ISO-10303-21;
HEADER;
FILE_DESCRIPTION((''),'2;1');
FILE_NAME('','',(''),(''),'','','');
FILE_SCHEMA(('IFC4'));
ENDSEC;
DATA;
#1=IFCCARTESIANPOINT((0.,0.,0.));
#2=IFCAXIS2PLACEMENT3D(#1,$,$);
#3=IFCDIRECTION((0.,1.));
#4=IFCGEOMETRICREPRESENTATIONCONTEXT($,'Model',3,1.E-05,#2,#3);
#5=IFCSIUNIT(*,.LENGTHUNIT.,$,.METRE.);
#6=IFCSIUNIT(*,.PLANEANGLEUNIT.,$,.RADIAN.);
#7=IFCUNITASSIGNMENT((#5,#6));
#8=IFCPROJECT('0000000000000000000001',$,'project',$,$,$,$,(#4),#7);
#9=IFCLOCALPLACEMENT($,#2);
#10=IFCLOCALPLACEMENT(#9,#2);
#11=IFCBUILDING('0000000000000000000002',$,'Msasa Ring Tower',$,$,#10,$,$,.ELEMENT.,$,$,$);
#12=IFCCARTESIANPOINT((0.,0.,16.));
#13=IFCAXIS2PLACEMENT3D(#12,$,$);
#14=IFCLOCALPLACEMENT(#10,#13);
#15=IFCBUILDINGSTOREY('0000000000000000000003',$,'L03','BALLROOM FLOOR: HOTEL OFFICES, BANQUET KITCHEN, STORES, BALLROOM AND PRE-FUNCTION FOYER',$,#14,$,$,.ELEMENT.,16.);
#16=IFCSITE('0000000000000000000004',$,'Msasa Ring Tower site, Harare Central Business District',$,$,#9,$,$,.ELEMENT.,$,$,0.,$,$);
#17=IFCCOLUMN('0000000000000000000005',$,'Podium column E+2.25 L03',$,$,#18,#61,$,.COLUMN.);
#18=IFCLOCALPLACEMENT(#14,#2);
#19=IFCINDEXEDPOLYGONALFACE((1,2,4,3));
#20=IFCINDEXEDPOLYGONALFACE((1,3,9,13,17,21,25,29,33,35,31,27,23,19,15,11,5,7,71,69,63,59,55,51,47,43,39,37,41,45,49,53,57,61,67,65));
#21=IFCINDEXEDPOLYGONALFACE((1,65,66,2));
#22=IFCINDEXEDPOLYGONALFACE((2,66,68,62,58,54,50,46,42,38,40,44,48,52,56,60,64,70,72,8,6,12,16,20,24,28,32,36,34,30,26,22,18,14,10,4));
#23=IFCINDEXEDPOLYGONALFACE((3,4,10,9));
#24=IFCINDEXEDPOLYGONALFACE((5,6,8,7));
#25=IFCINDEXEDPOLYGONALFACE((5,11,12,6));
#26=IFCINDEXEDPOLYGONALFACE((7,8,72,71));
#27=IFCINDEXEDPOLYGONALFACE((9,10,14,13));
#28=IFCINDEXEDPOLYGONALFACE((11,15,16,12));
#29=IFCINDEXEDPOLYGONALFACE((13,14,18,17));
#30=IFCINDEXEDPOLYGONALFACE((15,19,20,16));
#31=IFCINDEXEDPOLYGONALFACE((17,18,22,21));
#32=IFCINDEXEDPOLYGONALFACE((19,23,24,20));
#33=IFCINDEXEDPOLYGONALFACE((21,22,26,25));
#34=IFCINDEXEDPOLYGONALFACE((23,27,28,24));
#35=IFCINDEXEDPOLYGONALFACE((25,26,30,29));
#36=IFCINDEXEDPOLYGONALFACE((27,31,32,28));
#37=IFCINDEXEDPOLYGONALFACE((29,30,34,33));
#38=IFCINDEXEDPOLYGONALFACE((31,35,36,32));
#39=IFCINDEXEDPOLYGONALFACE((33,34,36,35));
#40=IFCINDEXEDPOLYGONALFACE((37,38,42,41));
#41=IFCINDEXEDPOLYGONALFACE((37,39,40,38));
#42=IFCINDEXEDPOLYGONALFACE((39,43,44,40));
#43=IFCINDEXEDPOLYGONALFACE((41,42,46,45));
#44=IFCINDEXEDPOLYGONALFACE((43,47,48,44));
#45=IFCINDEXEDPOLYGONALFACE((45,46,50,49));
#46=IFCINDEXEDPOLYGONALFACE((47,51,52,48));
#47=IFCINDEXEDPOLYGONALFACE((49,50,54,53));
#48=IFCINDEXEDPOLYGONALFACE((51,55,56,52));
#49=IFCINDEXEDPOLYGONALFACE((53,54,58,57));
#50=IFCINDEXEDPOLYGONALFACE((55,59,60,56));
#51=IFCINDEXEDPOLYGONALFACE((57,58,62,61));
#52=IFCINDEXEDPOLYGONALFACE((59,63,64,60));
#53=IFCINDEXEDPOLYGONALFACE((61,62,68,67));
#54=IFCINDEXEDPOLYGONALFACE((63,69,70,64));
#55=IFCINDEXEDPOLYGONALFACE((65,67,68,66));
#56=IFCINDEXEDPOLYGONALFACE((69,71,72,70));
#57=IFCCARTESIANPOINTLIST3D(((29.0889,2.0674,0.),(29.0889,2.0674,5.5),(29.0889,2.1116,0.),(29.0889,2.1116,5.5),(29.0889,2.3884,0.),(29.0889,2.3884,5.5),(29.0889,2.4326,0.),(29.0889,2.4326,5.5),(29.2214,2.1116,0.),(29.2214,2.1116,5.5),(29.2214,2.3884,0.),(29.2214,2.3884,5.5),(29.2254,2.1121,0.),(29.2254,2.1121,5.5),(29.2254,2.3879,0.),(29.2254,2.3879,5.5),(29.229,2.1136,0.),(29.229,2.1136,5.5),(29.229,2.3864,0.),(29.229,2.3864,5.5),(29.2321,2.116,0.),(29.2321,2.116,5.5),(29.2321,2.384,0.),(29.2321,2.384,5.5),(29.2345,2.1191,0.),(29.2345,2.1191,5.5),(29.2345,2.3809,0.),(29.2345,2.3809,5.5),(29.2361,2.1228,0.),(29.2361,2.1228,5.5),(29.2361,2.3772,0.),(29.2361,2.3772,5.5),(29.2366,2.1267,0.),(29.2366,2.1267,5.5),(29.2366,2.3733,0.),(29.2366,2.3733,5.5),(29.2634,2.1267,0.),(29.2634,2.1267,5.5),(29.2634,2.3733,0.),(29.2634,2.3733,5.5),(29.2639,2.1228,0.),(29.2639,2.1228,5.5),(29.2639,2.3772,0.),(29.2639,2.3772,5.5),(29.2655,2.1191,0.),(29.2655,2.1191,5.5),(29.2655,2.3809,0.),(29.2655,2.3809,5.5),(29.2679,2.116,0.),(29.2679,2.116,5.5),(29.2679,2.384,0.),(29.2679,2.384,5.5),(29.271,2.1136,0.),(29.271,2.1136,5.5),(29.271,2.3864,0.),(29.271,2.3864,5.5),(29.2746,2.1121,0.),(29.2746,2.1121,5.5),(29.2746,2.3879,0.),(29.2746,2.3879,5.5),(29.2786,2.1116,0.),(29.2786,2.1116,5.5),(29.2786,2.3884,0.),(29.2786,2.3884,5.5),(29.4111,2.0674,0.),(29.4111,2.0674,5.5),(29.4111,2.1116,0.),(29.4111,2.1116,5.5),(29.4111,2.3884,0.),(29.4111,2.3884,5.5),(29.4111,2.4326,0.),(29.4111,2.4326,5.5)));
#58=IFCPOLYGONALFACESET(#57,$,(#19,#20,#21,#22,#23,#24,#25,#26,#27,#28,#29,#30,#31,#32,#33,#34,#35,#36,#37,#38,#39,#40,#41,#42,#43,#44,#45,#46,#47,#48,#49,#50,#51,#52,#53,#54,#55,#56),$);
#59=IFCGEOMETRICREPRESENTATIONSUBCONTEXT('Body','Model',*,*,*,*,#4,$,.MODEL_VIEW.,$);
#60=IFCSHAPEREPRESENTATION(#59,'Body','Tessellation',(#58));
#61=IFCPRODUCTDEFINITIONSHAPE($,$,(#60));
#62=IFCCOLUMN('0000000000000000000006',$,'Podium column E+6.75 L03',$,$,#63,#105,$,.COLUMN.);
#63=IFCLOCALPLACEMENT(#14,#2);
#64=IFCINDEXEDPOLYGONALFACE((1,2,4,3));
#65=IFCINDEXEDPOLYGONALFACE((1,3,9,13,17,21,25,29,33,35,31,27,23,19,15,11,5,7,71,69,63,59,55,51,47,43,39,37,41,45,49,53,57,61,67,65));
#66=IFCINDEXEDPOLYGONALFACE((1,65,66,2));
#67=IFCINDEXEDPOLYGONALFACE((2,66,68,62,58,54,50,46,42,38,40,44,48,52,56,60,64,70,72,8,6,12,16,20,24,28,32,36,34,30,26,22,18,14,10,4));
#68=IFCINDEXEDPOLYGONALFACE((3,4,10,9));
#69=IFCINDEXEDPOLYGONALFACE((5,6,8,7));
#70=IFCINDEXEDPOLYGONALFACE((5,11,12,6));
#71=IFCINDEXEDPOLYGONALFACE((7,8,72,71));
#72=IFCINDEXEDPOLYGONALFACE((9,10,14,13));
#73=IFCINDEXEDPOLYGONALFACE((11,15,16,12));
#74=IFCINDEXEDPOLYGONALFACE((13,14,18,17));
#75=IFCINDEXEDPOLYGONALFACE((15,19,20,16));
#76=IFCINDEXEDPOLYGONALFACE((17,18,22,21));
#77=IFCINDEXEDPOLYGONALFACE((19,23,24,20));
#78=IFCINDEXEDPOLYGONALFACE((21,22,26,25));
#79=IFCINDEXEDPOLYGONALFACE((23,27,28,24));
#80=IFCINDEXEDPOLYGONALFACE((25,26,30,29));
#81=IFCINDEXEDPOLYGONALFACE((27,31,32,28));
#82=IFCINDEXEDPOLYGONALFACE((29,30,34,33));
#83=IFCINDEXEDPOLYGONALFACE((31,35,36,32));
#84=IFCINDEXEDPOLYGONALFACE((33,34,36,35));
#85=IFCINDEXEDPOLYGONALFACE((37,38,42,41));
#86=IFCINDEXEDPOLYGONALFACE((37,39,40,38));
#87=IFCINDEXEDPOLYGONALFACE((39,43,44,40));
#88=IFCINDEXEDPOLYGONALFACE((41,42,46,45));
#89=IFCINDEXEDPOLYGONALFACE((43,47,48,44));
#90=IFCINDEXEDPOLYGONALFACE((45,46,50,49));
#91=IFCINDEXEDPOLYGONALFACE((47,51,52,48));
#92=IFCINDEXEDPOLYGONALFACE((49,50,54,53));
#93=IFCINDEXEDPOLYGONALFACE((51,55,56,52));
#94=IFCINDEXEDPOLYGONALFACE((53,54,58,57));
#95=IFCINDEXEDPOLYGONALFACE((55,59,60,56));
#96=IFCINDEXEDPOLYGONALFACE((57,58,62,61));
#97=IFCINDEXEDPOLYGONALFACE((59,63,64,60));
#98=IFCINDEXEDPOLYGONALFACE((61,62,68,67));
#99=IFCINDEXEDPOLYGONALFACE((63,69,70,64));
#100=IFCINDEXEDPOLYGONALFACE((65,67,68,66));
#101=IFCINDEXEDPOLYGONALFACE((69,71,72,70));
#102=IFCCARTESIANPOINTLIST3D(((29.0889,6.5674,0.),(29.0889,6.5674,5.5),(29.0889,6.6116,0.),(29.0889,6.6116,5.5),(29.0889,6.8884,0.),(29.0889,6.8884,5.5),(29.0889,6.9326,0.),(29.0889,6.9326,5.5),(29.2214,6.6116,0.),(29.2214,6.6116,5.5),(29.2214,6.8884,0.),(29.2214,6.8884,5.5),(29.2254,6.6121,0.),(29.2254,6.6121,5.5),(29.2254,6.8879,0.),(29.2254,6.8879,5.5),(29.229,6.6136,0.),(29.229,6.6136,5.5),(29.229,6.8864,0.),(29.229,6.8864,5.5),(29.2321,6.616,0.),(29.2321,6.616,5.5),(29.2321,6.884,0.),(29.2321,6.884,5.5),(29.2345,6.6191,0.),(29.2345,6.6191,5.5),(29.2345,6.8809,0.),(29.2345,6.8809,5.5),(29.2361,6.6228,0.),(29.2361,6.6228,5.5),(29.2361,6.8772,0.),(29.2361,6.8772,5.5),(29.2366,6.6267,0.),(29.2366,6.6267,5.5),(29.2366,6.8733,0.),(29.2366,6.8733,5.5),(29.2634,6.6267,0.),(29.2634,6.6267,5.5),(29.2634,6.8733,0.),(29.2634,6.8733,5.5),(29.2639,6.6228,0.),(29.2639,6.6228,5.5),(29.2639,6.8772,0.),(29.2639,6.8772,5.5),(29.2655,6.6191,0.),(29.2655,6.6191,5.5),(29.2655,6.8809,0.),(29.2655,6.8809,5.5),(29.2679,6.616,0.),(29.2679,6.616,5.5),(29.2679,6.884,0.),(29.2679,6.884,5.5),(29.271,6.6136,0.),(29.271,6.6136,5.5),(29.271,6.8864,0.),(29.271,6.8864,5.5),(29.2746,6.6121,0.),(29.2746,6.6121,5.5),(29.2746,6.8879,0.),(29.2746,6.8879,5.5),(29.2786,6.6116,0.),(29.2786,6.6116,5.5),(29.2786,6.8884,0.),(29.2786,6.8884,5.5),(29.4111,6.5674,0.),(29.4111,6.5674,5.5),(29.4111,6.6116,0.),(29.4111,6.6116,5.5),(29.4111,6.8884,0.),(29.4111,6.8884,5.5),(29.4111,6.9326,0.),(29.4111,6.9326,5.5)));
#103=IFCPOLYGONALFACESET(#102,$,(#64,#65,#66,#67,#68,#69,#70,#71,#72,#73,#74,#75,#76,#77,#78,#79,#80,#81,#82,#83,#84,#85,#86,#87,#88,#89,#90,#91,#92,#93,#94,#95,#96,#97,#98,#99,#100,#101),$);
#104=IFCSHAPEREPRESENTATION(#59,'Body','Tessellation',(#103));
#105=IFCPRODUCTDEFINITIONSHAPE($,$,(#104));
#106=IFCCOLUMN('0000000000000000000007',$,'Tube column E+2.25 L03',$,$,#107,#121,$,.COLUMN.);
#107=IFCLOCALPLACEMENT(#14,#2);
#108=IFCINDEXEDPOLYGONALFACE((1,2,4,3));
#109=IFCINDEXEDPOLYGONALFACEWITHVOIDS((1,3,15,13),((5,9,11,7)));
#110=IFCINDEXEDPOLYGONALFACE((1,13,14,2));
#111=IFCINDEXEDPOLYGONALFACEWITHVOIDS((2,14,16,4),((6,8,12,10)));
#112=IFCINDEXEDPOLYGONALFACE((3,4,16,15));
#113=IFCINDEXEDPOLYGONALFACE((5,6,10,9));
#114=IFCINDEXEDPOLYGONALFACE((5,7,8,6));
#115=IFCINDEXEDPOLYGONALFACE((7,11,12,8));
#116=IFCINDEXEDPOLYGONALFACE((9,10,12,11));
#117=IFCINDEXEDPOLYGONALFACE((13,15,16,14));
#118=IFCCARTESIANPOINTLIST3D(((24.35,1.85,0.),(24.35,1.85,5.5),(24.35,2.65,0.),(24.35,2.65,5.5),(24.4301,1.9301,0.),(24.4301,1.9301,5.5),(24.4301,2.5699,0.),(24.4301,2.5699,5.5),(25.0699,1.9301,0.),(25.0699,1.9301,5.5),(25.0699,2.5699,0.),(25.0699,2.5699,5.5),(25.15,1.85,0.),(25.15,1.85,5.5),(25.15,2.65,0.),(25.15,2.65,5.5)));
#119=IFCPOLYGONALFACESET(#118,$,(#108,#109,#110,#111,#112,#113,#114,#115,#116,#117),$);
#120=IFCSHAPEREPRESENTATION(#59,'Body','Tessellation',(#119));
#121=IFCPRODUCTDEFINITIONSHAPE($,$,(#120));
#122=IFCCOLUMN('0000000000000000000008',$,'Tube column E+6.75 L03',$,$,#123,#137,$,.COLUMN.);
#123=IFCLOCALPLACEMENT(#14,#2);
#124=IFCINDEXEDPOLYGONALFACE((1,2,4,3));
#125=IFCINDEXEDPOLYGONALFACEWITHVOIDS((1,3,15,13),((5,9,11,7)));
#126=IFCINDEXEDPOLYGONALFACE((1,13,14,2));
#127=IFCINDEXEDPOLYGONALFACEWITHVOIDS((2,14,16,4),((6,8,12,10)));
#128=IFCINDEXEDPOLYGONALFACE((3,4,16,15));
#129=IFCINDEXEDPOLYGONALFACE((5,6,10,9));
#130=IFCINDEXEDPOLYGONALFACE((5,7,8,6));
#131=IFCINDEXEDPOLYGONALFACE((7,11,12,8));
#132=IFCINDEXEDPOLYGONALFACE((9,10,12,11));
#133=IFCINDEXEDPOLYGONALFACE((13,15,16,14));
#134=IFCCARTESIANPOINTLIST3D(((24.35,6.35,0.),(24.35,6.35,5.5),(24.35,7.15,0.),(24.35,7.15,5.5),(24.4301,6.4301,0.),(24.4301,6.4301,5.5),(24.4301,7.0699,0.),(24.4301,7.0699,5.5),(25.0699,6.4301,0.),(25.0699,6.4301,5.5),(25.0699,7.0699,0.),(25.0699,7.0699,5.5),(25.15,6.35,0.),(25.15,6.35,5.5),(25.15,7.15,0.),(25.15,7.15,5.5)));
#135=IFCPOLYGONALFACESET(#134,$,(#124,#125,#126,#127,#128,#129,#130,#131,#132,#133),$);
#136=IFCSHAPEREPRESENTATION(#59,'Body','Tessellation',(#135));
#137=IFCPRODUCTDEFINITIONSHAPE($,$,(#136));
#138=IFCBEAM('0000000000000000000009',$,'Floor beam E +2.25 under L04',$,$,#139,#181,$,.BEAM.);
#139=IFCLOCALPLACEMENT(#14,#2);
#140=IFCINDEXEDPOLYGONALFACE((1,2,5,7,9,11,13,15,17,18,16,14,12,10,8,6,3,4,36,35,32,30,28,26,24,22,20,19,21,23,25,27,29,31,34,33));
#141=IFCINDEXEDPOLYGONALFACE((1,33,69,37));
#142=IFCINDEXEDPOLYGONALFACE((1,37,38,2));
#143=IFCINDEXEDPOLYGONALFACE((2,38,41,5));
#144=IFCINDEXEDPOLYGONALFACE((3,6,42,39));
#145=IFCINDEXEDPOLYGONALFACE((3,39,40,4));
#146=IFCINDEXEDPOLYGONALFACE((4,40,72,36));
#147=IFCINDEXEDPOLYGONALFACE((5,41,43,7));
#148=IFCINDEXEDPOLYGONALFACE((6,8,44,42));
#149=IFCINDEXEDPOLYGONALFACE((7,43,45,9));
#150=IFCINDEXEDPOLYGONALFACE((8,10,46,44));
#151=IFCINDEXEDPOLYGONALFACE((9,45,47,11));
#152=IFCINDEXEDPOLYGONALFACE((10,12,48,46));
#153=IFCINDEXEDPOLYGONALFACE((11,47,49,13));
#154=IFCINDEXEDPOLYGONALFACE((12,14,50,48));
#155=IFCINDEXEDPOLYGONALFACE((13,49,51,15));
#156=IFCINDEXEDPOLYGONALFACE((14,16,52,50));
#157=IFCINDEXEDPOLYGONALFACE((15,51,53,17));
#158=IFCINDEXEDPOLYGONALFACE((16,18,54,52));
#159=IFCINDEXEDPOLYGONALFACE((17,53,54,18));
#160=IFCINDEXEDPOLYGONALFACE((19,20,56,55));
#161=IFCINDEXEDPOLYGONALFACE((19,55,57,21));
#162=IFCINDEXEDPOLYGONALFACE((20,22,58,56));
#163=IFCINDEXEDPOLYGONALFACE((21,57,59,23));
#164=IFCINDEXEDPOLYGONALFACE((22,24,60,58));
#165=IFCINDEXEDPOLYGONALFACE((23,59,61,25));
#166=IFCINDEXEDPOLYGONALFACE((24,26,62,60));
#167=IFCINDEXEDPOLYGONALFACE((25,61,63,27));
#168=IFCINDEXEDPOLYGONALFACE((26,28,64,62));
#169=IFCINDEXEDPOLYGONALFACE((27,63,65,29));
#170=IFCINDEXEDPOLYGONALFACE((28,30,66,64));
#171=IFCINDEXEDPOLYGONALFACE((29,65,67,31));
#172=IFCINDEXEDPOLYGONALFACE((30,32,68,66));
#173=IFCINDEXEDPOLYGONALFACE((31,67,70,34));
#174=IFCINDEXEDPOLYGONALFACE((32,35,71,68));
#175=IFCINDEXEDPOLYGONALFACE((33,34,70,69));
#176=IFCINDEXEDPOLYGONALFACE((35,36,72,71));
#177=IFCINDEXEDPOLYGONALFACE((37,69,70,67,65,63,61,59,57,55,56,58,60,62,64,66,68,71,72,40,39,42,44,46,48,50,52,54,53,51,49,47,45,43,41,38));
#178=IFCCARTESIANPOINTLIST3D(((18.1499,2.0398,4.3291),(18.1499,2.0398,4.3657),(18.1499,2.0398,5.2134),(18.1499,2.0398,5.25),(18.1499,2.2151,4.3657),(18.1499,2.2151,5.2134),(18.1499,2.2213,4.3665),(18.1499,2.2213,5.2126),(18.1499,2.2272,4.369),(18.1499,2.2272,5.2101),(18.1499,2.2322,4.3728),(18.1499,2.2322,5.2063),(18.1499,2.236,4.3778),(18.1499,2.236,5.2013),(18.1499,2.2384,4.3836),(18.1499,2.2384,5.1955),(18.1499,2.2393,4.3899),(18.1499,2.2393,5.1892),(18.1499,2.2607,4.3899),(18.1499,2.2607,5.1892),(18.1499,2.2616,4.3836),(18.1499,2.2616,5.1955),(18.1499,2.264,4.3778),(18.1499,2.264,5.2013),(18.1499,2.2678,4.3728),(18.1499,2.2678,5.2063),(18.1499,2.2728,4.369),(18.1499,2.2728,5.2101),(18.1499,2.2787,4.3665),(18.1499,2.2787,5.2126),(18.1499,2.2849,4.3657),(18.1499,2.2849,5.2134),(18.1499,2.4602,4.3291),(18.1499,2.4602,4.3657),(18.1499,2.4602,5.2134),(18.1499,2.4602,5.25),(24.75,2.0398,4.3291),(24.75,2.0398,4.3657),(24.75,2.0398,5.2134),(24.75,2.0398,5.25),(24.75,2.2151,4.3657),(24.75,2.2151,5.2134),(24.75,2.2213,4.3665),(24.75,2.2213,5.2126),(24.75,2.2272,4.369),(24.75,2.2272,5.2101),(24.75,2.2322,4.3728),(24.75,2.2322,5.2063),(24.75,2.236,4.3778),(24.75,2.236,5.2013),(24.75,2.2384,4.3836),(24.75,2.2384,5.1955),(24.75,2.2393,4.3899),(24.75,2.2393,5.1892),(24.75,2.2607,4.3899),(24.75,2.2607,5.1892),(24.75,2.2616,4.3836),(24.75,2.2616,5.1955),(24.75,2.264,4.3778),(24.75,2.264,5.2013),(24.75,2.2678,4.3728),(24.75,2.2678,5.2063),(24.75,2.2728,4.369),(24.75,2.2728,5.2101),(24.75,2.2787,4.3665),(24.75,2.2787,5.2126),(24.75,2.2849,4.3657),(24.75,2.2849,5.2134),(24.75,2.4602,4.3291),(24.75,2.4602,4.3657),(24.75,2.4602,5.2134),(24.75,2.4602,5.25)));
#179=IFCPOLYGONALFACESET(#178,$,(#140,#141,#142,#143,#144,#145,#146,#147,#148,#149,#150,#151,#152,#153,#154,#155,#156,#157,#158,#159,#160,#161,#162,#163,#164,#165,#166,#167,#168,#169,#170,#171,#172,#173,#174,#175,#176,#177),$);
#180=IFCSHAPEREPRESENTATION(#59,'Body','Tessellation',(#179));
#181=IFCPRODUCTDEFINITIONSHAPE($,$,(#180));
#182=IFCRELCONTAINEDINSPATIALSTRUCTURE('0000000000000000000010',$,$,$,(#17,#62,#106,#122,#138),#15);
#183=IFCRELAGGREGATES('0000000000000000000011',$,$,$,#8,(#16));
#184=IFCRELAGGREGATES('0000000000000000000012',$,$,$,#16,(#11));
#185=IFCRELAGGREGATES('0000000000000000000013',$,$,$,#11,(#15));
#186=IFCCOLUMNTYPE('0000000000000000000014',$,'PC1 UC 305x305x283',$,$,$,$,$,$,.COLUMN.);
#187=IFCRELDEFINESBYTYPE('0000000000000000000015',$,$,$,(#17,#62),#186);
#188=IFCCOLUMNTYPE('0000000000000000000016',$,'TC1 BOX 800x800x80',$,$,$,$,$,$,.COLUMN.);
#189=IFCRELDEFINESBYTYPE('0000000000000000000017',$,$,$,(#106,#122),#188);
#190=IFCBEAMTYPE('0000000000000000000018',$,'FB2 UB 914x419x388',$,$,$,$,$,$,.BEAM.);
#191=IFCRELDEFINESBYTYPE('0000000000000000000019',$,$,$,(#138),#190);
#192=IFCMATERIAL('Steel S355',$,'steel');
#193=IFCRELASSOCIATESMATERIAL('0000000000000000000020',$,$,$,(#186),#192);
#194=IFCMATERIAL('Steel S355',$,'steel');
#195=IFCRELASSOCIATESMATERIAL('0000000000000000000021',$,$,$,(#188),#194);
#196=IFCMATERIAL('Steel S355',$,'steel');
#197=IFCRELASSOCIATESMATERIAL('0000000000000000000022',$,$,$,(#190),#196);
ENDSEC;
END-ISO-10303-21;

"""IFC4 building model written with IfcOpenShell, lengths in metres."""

from ifc_helpers import new_model, si_unit, direction, frame, origin, origin_2d, place, context, subcontext, project, spatial, hollow_rectangle, i_section, extrude, material, material_profile, profile_set, type_object, element, save


model = new_model("IFC4")

# Units and contexts
model_context = context("Model", 3, precision=1e-05, world=origin(), true_north=direction((0.0, 1.0)))
body_context = subcontext(model_context, "Body", "Model", "MODEL_VIEW")
ifc_project = project(units=[si_unit("LENGTHUNIT", "METRE"), si_unit("PLANEANGLEUNIT", "RADIAN")], contexts=[model_context])

# Site, building, storey
site_placement = place(None, origin())
site = spatial("IfcSite", under=ifc_project, at=site_placement, Name="Msasa Ring Tower site, Harare Central Business District", CompositionType="ELEMENT", RefElevation=0.0)
building_placement = place(site_placement, origin())
building = spatial("IfcBuilding", under=site, at=building_placement, Name="Msasa Ring Tower", CompositionType="ELEMENT")
storey_placement = place(building_placement, frame((0.0, 0.0, 16.0)))
storey = spatial("IfcBuildingStorey", under=building, at=storey_placement, Name="L03", Description="BALLROOM FLOOR: HOTEL OFFICES, BANQUET KITCHEN, STORES, BALLROOM AND PRE-FUNCTION FOYER", CompositionType="ELEMENT", Elevation=16.0)

# Columns
ifc_material_1 = material(Name="Steel S355", Category="steel")
ifc_material_profile_1 = material_profile(ifc_material_1, i_section(OverallWidth=0.3223, OverallDepth=0.3652, WebThickness=0.0269, FlangeThickness=0.0442, FilletRadius=0.0151, at=origin_2d()), Name="UC 305x305x283")
ifc_profile_set_1 = profile_set([ifc_material_profile_1], Name="Steel S355")
column_type_1 = type_object("IfcColumnType", Name="PC1 UC 305x305x283", PredefinedType="COLUMN", material=ifc_profile_set_1)
for number, where, z_axis, x_axis, name in (
    (1, (29.25, 2.25, 0.0), (0.0, 0.0, 1.0), (1.0, 0.0, 0.0), "Podium column E+2.25 L03"),
    (2, (29.25, 6.75, 0.0), (0.0, 0.0, 1.0), (1.0, 0.0, 0.0), "Podium column E+6.75 L03"),
):
    element("IfcColumn", number, at=place(storey_placement, frame(where, z_axis=z_axis, x_axis=x_axis)), inside=storey, type_object=column_type_1, Name=name, PredefinedType="COLUMN", context=body_context, shape_type="SweptSolid", body=[
        extrude(i_section(OverallWidth=0.3223, OverallDepth=0.3652, WebThickness=0.0269, FlangeThickness=0.0442, FilletRadius=0.0151, at=origin_2d()), origin(), (0.0, 0.0, 1.0), 5.5),
    ])
ifc_material_2 = material(Name="Steel S355", Category="steel")
ifc_material_profile_2 = material_profile(ifc_material_2, hollow_rectangle(XDim=0.8, YDim=0.8, WallThickness=0.0801, at=origin_2d()), Name="BOX 800x800x80")
ifc_profile_set_2 = profile_set([ifc_material_profile_2], Name="Steel S355")
column_type_2 = type_object("IfcColumnType", Name="TC1 BOX 800x800x80", PredefinedType="COLUMN", material=ifc_profile_set_2)
for number, where, z_axis, x_axis, name in (
    (3, (24.75, 2.25, 0.0), (0.0, 0.0, 1.0), (1.0, 0.0, 0.0), "Tube column E+2.25 L03"),
    (4, (24.75, 6.75, 0.0), (0.0, 0.0, 1.0), (1.0, 0.0, 0.0), "Tube column E+6.75 L03"),
):
    element("IfcColumn", number, at=place(storey_placement, frame(where, z_axis=z_axis, x_axis=x_axis)), inside=storey, type_object=column_type_2, Name=name, PredefinedType="COLUMN", context=body_context, shape_type="SweptSolid", body=[
        extrude(hollow_rectangle(XDim=0.8, YDim=0.8, WallThickness=0.0801, at=origin_2d()), origin(), (0.0, 0.0, 1.0), 5.5),
    ])

# Beam
ifc_material_3 = material(Name="Steel S355", Category="steel")
ifc_material_profile_3 = material_profile(ifc_material_3, i_section(OverallWidth=0.4204, OverallDepth=0.9209, WebThickness=0.0215, FlangeThickness=0.0366, FilletRadius=0.0242, at=origin_2d()), Name="UB 914x419x388")
ifc_profile_set_3 = profile_set([ifc_material_profile_3], Name="Steel S355")
beam_type_1 = type_object("IfcBeamType", Name="FB2 UB 914x419x388", PredefinedType="BEAM", material=ifc_profile_set_3)
beam_placement = place(storey_placement, frame((24.75, 2.25, 4.7896), z_axis=(-1.0, 0.0, 0.0), x_axis=(0.0, -1.0, 0.0)))
element("IfcBeam", 5, at=beam_placement, inside=storey, type_object=beam_type_1, Name="Floor beam E +2.25 under L04", PredefinedType="BEAM", context=body_context, shape_type="SweptSolid", body=[
    extrude(i_section(OverallWidth=0.4204, OverallDepth=0.9209, WebThickness=0.0215, FlangeThickness=0.0366, FilletRadius=0.0242, at=origin_2d()), origin(), (0.0, 0.0, 1.0), 6.6001),
])

save(model, "model.ifc")
